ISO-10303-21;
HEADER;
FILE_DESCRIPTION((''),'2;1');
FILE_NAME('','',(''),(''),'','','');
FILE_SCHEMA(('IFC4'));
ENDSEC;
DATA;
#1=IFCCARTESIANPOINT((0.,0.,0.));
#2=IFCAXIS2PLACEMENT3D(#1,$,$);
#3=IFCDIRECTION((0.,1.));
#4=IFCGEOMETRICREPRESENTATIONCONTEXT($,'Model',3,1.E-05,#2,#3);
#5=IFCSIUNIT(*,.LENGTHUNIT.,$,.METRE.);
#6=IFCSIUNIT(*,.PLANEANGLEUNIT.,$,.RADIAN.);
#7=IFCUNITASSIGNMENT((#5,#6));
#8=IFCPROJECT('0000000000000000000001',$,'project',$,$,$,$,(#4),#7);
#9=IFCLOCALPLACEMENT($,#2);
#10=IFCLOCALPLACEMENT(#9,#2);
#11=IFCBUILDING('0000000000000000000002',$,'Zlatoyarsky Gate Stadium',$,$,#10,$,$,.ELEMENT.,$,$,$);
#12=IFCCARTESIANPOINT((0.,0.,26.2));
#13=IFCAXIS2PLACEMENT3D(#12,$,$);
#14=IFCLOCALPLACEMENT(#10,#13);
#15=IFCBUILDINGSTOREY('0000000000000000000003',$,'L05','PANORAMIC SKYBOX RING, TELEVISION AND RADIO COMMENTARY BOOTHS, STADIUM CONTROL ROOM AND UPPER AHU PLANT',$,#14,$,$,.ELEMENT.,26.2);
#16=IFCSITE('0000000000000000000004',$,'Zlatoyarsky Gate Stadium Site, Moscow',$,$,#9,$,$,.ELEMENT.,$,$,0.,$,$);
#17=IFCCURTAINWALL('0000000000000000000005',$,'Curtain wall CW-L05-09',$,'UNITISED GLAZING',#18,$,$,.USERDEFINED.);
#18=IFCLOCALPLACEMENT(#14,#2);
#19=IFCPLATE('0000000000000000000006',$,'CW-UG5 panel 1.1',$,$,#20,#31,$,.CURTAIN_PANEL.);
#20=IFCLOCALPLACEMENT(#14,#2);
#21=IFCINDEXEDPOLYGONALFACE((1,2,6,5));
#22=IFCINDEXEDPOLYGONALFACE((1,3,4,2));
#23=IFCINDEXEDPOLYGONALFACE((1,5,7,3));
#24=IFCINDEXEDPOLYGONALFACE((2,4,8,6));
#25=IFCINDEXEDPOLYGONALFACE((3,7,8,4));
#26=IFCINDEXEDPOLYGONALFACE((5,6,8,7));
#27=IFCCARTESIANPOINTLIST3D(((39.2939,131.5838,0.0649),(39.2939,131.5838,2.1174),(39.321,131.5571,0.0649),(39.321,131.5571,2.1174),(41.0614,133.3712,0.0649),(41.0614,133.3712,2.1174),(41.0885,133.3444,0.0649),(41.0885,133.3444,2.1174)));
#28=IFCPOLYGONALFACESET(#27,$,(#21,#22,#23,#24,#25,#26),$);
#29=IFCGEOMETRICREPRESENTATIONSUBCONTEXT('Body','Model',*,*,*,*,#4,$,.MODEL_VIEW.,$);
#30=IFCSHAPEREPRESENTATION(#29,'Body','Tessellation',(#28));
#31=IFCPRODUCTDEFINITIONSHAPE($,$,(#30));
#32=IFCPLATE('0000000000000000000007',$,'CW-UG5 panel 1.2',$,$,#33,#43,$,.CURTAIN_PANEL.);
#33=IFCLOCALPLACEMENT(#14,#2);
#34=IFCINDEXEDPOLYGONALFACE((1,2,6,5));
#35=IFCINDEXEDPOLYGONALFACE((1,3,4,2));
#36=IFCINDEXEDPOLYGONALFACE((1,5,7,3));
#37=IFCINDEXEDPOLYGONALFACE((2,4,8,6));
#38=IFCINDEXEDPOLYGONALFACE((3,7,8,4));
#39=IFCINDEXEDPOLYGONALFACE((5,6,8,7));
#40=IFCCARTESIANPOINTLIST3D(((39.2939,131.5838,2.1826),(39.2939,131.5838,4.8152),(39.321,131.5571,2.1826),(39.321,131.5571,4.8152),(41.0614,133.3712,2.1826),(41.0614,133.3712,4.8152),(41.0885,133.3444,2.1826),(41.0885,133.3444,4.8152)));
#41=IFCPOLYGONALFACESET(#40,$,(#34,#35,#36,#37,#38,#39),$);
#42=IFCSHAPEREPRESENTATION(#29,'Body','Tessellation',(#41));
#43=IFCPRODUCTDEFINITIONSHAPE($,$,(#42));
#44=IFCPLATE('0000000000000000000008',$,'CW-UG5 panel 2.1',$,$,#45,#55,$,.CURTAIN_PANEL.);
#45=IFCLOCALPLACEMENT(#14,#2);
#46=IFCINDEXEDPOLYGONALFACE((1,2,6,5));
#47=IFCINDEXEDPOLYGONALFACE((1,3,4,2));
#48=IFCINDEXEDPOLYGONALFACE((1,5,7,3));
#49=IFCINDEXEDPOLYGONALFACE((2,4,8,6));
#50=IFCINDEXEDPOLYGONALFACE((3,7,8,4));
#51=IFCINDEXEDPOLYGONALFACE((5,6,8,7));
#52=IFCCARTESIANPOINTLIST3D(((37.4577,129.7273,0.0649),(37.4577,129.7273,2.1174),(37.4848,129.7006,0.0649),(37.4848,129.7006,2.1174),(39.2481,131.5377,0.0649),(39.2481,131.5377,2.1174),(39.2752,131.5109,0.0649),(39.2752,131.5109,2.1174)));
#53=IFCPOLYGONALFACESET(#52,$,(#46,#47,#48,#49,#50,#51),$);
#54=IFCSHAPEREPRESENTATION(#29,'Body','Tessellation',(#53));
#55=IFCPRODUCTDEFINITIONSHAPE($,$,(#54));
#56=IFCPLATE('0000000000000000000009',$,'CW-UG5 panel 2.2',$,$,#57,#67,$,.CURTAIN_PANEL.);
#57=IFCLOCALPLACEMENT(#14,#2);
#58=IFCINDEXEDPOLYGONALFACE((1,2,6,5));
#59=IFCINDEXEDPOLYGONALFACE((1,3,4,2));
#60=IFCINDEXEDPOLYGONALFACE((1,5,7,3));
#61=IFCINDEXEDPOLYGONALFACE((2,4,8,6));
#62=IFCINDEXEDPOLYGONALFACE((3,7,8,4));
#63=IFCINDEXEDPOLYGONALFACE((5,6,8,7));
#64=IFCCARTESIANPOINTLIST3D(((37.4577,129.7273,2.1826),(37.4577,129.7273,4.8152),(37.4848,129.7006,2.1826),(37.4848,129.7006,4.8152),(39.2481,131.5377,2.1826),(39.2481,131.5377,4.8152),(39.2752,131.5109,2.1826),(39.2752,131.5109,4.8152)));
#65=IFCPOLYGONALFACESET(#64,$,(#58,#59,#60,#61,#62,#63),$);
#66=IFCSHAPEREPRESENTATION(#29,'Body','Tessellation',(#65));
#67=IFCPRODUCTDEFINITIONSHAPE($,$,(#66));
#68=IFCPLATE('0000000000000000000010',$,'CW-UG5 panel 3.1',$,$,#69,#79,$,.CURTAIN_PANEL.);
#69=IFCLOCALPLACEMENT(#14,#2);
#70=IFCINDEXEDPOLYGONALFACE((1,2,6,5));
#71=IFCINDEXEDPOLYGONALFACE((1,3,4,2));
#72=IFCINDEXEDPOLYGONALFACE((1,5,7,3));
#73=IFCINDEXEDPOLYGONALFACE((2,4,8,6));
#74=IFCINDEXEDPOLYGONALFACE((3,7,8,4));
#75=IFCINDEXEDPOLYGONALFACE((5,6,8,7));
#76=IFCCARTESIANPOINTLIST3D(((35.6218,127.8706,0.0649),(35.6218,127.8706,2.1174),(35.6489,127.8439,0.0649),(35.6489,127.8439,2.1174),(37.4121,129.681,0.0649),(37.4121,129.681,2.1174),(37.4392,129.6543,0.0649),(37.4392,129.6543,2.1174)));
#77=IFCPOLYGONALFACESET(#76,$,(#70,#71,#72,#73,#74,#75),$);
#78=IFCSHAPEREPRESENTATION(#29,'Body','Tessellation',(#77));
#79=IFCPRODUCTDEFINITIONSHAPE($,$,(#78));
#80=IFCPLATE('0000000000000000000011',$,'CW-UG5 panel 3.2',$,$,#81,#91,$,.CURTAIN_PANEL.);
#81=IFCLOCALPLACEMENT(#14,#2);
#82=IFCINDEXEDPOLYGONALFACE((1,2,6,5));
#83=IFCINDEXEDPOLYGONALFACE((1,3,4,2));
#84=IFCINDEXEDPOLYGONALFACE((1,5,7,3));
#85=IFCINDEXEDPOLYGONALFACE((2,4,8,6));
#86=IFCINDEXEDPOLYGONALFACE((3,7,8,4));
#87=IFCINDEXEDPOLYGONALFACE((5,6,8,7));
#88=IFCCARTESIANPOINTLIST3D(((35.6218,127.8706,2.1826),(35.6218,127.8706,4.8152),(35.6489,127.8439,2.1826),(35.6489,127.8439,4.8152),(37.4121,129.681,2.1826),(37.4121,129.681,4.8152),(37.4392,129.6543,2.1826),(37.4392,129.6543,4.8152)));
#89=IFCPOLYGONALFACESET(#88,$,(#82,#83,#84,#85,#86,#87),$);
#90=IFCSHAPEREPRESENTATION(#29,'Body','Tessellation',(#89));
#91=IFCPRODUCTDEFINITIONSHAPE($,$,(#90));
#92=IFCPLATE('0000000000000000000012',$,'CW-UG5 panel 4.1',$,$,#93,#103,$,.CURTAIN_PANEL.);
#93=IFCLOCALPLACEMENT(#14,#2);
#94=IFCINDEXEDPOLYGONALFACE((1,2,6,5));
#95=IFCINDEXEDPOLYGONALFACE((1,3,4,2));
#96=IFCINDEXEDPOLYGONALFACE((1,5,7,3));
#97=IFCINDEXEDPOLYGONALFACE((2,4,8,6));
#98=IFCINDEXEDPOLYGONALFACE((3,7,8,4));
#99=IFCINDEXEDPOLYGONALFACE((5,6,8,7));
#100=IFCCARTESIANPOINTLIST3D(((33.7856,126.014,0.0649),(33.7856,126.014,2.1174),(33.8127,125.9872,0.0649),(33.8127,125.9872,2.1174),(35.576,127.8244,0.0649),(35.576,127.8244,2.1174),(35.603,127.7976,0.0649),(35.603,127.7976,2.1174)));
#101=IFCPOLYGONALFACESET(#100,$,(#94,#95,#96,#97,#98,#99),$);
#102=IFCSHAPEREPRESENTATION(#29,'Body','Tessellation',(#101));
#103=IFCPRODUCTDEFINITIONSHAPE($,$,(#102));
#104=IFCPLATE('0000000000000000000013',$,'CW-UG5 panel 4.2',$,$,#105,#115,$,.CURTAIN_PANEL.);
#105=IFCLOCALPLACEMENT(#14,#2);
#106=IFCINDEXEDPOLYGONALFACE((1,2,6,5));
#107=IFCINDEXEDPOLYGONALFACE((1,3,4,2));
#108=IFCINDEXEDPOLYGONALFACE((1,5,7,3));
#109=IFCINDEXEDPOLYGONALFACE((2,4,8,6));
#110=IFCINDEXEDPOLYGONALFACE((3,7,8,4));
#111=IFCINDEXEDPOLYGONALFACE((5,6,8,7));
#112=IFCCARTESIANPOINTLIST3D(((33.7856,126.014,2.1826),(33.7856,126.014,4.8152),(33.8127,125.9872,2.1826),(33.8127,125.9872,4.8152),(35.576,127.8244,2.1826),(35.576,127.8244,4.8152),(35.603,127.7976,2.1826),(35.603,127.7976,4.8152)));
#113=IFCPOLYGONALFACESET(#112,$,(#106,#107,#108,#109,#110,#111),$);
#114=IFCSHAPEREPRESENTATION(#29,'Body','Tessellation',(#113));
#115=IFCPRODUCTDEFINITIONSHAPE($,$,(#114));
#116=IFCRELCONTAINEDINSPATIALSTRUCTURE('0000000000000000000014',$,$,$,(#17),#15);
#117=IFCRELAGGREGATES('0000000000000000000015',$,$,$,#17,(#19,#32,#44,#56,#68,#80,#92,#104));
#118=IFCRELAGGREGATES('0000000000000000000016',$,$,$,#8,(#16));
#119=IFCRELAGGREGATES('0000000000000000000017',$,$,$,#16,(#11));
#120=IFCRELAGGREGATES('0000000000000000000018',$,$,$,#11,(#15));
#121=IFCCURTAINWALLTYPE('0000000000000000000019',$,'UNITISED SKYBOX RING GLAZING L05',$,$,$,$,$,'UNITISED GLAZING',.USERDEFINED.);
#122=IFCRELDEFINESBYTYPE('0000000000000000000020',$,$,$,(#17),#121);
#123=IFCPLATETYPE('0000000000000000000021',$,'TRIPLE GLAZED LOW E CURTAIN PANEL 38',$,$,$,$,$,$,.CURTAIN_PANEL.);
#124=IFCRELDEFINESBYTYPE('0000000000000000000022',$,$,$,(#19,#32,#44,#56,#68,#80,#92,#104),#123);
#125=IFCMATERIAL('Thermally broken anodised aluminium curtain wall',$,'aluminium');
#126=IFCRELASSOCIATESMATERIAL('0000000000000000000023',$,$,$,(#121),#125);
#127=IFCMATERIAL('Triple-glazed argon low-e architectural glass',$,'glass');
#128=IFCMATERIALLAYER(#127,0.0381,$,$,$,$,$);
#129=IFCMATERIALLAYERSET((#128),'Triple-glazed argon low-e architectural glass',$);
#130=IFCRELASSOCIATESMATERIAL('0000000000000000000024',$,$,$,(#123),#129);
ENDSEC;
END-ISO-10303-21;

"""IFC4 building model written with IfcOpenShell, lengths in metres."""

from ifc_helpers import new_model, si_unit, direction, frame, origin, origin_2d, place, context, subcontext, project, spatial, rectangle, extrude, material, layer, layer_set, type_object, element, aggregate, save


model = new_model("IFC4")

# Units and contexts
model_context = context("Model", 3, precision=1e-05, world=origin(), true_north=direction((0.0, 1.0)))
body_context = subcontext(model_context, "Body", "Model", "MODEL_VIEW")
ifc_project = project(units=[si_unit("LENGTHUNIT", "METRE"), si_unit("PLANEANGLEUNIT", "RADIAN")], contexts=[model_context])

# Site, building, storey
site_placement = place(None, origin())
site = spatial("IfcSite", under=ifc_project, at=site_placement, Name="Zlatoyarsky Gate Stadium Site, Moscow", CompositionType="ELEMENT", RefElevation=0.0)
building_placement = place(site_placement, origin())
building = spatial("IfcBuilding", under=site, at=building_placement, Name="Zlatoyarsky Gate Stadium", CompositionType="ELEMENT")
storey_placement = place(building_placement, frame((0.0, 0.0, 26.2)))
storey = spatial("IfcBuildingStorey", under=building, at=storey_placement, Name="L05", Description="PANORAMIC SKYBOX RING, TELEVISION AND RADIO COMMENTARY BOOTHS, STADIUM CONTROL ROOM AND UPPER AHU PLANT", CompositionType="ELEMENT", Elevation=26.2)

# Curtain wall
ifc_material_1 = material(Name="Thermally broken anodised aluminium curtain wall", Category="aluminium")
curtain_wall_type = type_object("IfcCurtainWallType", Name="UNITISED SKYBOX RING GLAZING L05", ElementType="UNITISED GLAZING", PredefinedType="USERDEFINED", material=ifc_material_1)
curtain_wall_placement = place(storey_placement, origin())
curtain_wall = element("IfcCurtainWall", 1, at=curtain_wall_placement, inside=storey, type_object=curtain_wall_type, Name="Curtain wall CW-L05-09", ObjectType="UNITISED GLAZING", PredefinedType="USERDEFINED")

# Plates
ifc_material_2 = material(Name="Triple-glazed argon low-e architectural glass", Category="glass")
ifc_layer_1 = layer(ifc_material_2, 0.0381)
ifc_layer_set_1 = layer_set([ifc_layer_1], Name="Triple-glazed argon low-e architectural glass")
plate_type_1 = type_object("IfcPlateType", Name="TRIPLE GLAZED LOW E CURTAIN PANEL 38", PredefinedType="CURTAIN_PANEL", material=ifc_layer_set_1)
plate_1_placement = place(storey_placement, frame((40.1912, 132.4641, 0.0649), z_axis=(0.0, 0.0, 1.0), x_axis=(-0.703156, -0.711036, 0.0)))
plate_1 = element("IfcPlate", 2, at=plate_1_placement, type_object=plate_type_1, Name="CW-UG5 panel 1.1", PredefinedType="CURTAIN_PANEL", context=body_context, shape_type="SweptSolid", body=[
    extrude(rectangle(XDim=2.5137, YDim=0.0381, at=origin_2d()), origin(), (0.0, 0.0, 1.0), 2.0525),
])
plate_2_placement = place(storey_placement, frame((40.1912, 132.4641, 2.1826), z_axis=(0.0, 0.0, 1.0), x_axis=(-0.703156, -0.711036, 0.0)))
plate_2 = element("IfcPlate", 3, at=plate_2_placement, type_object=plate_type_1, Name="CW-UG5 panel 1.2", PredefinedType="CURTAIN_PANEL", context=body_context, shape_type="SweptSolid", body=[
    extrude(rectangle(XDim=2.5137, YDim=0.0381, at=origin_2d()), origin(), (0.0, 0.0, 1.0), 2.6326),
])
plate_3_placement = place(storey_placement, frame((38.3665, 130.6191, 0.0649), z_axis=(0.0, 0.0, 1.0), x_axis=(-0.703156, -0.711036, 0.0)))
plate_3 = element("IfcPlate", 4, at=plate_3_placement, type_object=plate_type_1, Name="CW-UG5 panel 2.1", PredefinedType="CURTAIN_PANEL", context=body_context, shape_type="SweptSolid", body=[
    extrude(rectangle(XDim=2.5461, YDim=0.0381, at=origin_2d()), origin(), (0.0, 0.0, 1.0), 2.0525),
])
plate_4_placement = place(storey_placement, frame((38.3665, 130.6191, 2.1826), z_axis=(0.0, 0.0, 1.0), x_axis=(-0.703156, -0.711036, 0.0)))
plate_4 = element("IfcPlate", 5, at=plate_4_placement, type_object=plate_type_1, Name="CW-UG5 panel 2.2", PredefinedType="CURTAIN_PANEL", context=body_context, shape_type="SweptSolid", body=[
    extrude(rectangle(XDim=2.5461, YDim=0.0381, at=origin_2d()), origin(), (0.0, 0.0, 1.0), 2.6326),
])
plate_5_placement = place(storey_placement, frame((36.5305, 128.7625, 0.0649), z_axis=(0.0, 0.0, 1.0), x_axis=(-0.703156, -0.711036, 0.0)))
plate_5 = element("IfcPlate", 6, at=plate_5_placement, type_object=plate_type_1, Name="CW-UG5 panel 3.1", PredefinedType="CURTAIN_PANEL", context=body_context, shape_type="SweptSolid", body=[
    extrude(rectangle(XDim=2.5461, YDim=0.0381, at=origin_2d()), origin(), (0.0, 0.0, 1.0), 2.0525),
])
plate_6_placement = place(storey_placement, frame((36.5305, 128.7625, 2.1826), z_axis=(0.0, 0.0, 1.0), x_axis=(-0.703156, -0.711036, 0.0)))
plate_6 = element("IfcPlate", 7, at=plate_6_placement, type_object=plate_type_1, Name="CW-UG5 panel 3.2", PredefinedType="CURTAIN_PANEL", context=body_context, shape_type="SweptSolid", body=[
    extrude(rectangle(XDim=2.5461, YDim=0.0381, at=origin_2d()), origin(), (0.0, 0.0, 1.0), 2.6326),
])
plate_7_placement = place(storey_placement, frame((34.6943, 126.9058, 0.0649), z_axis=(0.0, 0.0, 1.0), x_axis=(-0.703156, -0.711036, 0.0)))
plate_7 = element("IfcPlate", 8, at=plate_7_placement, type_object=plate_type_1, Name="CW-UG5 panel 4.1", PredefinedType="CURTAIN_PANEL", context=body_context, shape_type="SweptSolid", body=[
    extrude(rectangle(XDim=2.5461, YDim=0.0381, at=origin_2d()), origin(), (0.0, 0.0, 1.0), 2.0525),
])
plate_8_placement = place(storey_placement, frame((34.6943, 126.9058, 2.1826), z_axis=(0.0, 0.0, 1.0), x_axis=(-0.703156, -0.711036, 0.0)))
plate_8 = element("IfcPlate", 9, at=plate_8_placement, type_object=plate_type_1, Name="CW-UG5 panel 4.2", PredefinedType="CURTAIN_PANEL", context=body_context, shape_type="SweptSolid", body=[
    extrude(rectangle(XDim=2.5461, YDim=0.0381, at=origin_2d()), origin(), (0.0, 0.0, 1.0), 2.6326),
])
aggregate(curtain_wall, [plate_1, plate_2, plate_3, plate_4, plate_5, plate_6, plate_7, plate_8])

save(model, "model.ifc")
